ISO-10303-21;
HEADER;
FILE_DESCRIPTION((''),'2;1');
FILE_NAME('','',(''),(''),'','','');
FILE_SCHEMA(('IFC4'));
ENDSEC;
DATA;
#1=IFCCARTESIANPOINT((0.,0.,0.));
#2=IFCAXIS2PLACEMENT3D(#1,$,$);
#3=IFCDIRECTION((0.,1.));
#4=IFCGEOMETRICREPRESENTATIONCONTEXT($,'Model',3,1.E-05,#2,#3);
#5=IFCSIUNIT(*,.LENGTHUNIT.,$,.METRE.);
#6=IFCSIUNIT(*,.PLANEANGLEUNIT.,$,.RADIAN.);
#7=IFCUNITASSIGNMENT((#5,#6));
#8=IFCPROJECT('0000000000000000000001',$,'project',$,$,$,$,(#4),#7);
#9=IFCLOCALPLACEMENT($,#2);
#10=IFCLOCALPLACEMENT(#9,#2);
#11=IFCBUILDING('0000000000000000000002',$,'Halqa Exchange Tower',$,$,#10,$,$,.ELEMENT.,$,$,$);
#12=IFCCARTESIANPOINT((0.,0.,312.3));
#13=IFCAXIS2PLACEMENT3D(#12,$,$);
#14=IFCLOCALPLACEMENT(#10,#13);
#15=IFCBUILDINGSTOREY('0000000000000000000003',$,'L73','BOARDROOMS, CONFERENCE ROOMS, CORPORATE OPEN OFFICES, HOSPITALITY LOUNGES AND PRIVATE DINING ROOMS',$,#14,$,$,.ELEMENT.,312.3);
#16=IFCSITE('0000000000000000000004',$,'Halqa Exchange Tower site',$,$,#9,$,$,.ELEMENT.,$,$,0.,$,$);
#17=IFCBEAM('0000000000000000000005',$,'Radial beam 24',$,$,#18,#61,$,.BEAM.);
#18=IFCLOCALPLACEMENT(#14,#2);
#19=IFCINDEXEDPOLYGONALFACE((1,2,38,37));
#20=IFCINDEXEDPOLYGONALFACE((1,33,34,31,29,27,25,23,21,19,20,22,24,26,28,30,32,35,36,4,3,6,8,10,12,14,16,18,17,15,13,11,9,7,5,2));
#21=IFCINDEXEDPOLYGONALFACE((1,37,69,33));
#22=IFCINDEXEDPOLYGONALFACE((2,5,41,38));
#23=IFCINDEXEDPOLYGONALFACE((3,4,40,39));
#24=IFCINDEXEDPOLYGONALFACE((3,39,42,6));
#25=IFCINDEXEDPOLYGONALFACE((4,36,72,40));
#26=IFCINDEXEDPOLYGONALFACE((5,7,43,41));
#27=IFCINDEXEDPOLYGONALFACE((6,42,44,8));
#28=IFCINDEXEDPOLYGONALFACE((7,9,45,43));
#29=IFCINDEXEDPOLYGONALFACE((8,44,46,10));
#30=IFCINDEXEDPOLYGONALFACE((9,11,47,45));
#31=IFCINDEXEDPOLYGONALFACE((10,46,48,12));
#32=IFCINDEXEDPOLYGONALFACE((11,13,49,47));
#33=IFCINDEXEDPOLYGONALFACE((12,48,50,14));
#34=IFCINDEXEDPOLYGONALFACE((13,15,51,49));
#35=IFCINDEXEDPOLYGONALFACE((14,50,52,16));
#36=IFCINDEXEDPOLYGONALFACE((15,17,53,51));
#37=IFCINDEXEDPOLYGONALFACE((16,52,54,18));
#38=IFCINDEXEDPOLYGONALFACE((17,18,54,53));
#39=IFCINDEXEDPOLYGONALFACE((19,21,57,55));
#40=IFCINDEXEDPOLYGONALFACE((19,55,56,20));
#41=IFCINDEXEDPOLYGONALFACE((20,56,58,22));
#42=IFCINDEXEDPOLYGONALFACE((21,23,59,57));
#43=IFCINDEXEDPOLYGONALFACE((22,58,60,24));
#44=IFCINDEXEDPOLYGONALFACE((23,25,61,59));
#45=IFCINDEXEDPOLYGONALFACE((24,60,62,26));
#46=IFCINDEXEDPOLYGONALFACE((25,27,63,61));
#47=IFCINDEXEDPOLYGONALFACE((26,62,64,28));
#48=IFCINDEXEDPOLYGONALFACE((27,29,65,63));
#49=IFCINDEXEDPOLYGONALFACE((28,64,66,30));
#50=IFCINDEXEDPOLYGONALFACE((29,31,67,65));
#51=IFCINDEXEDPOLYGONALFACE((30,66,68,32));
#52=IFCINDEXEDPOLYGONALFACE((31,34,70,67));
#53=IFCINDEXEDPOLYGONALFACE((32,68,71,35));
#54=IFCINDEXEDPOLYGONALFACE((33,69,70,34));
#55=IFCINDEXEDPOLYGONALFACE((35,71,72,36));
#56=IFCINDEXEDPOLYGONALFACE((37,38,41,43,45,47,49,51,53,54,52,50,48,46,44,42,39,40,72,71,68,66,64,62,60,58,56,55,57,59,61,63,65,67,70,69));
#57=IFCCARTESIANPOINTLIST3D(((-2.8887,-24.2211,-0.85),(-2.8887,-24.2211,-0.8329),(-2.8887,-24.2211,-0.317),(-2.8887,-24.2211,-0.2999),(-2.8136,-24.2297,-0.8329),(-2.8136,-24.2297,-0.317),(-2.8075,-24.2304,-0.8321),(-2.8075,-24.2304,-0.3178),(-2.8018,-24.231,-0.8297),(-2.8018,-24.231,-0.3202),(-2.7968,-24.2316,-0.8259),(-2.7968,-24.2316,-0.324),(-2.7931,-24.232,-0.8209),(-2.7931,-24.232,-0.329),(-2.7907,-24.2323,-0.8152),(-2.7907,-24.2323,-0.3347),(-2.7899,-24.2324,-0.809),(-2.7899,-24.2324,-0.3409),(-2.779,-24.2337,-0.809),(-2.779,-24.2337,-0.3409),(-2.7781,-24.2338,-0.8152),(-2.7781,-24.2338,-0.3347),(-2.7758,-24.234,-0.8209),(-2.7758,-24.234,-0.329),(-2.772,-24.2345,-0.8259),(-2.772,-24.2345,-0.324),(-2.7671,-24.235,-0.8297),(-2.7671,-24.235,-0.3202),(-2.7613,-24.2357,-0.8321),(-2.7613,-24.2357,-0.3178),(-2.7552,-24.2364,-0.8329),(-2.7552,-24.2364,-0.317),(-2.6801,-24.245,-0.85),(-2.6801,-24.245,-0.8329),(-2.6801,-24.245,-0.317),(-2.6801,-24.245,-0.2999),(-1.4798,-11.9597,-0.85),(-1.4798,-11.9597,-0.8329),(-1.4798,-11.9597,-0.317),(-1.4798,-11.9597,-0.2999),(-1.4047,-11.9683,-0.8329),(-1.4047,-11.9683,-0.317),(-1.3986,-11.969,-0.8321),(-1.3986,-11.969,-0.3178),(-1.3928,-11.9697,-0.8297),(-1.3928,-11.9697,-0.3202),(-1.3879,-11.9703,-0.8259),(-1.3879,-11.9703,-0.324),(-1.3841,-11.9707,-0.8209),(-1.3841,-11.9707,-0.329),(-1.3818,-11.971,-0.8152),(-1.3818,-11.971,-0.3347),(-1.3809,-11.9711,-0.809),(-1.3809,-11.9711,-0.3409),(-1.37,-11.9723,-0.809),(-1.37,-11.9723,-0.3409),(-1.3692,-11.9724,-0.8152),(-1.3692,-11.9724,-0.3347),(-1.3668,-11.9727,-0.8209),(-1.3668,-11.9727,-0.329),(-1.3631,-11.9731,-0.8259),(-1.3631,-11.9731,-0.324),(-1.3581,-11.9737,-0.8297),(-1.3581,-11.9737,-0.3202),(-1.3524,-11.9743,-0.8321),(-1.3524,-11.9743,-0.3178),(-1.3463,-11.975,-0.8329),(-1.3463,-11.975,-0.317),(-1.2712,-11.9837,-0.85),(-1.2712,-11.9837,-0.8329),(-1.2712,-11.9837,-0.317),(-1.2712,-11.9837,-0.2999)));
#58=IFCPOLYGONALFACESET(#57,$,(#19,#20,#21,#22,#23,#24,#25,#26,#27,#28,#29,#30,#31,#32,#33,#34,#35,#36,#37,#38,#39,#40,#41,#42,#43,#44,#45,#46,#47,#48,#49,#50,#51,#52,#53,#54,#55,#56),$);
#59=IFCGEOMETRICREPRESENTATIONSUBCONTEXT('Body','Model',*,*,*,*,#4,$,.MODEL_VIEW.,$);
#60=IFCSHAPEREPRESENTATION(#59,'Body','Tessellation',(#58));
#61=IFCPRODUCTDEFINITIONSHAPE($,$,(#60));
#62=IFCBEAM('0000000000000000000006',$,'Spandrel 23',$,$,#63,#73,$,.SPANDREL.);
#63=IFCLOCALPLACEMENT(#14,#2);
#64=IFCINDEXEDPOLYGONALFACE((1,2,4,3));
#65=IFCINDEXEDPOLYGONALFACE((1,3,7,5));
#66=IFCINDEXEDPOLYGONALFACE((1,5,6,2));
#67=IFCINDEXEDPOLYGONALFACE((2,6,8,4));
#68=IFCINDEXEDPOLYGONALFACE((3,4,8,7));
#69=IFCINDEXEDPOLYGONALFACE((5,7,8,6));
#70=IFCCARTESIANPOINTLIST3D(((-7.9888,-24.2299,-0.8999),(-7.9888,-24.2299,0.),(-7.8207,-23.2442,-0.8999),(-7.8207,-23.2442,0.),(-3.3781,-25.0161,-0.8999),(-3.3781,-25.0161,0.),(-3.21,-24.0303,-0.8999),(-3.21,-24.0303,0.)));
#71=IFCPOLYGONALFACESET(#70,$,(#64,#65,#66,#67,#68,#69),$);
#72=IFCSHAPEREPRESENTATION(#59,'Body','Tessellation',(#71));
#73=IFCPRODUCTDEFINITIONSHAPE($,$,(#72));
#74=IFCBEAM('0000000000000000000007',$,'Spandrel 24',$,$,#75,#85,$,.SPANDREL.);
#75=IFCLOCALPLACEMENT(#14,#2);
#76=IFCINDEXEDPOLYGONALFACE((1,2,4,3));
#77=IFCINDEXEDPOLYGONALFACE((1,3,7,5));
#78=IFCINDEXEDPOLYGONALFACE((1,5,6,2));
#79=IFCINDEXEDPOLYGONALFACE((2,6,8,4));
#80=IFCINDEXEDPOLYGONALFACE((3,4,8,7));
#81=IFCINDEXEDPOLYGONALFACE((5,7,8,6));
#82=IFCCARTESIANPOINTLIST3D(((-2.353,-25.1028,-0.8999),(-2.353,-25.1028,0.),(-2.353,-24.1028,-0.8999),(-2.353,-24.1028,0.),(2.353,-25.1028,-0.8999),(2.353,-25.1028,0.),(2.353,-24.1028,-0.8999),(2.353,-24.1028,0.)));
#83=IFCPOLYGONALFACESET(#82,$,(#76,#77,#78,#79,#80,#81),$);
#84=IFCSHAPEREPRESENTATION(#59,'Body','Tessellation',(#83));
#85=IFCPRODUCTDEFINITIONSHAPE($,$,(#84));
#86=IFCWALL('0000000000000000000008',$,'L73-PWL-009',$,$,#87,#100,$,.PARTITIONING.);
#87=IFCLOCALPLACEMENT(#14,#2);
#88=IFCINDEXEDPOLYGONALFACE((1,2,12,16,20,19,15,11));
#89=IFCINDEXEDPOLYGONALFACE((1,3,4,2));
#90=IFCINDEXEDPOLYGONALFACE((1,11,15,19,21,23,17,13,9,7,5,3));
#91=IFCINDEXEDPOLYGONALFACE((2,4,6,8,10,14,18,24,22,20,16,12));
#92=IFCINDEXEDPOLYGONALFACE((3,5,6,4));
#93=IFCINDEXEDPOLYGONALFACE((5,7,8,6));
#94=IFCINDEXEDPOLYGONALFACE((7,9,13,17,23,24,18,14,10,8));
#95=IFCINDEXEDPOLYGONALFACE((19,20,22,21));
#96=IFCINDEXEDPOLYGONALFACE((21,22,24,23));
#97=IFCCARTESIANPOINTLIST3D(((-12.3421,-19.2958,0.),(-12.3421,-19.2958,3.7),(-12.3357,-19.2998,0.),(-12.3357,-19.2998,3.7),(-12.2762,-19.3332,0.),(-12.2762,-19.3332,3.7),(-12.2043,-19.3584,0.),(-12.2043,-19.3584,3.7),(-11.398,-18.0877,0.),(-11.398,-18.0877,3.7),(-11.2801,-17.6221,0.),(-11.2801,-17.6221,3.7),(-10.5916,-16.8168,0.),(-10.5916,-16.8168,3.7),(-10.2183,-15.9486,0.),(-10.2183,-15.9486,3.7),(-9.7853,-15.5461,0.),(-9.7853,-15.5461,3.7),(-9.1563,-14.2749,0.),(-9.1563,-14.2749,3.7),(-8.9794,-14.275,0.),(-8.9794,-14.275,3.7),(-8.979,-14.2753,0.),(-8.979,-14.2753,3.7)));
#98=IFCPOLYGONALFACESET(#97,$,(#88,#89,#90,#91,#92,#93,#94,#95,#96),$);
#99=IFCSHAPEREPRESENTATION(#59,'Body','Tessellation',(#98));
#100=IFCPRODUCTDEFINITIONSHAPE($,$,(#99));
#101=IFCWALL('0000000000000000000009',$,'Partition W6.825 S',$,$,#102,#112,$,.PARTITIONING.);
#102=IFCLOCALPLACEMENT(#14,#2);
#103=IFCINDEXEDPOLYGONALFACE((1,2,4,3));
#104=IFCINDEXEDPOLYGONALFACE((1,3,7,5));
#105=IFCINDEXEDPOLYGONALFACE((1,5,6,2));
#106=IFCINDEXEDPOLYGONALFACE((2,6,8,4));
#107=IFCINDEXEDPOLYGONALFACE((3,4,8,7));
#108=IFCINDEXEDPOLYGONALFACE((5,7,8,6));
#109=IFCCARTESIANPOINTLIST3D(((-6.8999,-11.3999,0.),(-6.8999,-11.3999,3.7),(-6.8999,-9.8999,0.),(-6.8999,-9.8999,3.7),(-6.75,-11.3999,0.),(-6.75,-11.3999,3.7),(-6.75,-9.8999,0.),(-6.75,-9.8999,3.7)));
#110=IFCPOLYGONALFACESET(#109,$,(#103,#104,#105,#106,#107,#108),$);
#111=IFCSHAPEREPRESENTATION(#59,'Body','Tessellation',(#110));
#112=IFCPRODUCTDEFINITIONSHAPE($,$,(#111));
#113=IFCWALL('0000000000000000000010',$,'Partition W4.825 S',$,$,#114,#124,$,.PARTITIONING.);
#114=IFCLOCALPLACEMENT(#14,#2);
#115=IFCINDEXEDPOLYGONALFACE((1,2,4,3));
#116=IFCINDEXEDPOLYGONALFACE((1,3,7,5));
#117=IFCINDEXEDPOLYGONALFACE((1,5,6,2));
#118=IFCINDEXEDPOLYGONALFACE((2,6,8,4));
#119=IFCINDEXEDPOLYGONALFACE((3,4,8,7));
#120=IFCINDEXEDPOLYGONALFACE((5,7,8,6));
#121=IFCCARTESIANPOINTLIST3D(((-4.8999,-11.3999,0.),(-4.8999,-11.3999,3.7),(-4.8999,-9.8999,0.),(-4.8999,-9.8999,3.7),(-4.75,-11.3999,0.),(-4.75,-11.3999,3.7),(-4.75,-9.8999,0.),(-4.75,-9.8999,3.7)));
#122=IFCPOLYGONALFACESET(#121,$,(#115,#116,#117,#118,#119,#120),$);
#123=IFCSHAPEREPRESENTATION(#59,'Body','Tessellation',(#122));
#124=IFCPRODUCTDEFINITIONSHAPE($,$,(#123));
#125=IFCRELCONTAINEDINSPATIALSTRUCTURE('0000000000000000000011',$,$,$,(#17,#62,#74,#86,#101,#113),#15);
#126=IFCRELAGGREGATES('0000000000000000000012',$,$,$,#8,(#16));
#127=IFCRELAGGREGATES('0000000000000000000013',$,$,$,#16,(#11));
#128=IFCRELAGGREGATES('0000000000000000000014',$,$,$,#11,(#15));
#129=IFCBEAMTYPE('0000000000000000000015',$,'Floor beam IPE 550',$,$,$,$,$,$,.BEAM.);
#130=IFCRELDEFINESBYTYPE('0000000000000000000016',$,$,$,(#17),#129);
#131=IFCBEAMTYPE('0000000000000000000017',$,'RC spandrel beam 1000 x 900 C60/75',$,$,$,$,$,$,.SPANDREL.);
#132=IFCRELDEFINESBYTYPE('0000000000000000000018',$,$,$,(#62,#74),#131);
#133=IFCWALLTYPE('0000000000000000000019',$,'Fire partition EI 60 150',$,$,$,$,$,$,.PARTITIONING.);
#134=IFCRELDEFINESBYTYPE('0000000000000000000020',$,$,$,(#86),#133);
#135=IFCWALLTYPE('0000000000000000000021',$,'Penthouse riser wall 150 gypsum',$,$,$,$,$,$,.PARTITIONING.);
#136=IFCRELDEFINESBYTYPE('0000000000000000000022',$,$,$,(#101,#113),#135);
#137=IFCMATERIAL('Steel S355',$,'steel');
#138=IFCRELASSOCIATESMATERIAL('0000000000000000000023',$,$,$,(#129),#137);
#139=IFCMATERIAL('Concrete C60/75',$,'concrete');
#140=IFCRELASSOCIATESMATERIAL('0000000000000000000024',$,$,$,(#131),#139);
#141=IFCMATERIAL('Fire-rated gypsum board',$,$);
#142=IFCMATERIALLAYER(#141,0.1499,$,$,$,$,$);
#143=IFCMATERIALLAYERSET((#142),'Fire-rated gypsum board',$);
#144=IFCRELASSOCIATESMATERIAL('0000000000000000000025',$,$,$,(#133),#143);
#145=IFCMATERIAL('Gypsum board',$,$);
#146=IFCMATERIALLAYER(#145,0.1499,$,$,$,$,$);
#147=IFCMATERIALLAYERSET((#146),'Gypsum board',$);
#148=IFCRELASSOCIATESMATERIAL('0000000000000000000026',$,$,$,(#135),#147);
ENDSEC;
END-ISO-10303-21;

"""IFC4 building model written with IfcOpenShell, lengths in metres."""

from ifc_helpers import new_model, si_unit, direction, frame, frame_2d, origin, origin_2d, place, context, subcontext, project, spatial, polyline, rectangle, i_section, outline, extrude, material, layer, layer_set, material_profile, profile_set, type_object, element, save


model = new_model("IFC4")

# Units and contexts
model_context = context("Model", 3, precision=1e-05, world=origin(), true_north=direction((0.0, 1.0)))
body_context = subcontext(model_context, "Body", "Model", "MODEL_VIEW")
ifc_project = project(units=[si_unit("LENGTHUNIT", "METRE"), si_unit("PLANEANGLEUNIT", "RADIAN")], contexts=[model_context])

# Site, building, storey
site_placement = place(None, origin())
site = spatial("IfcSite", under=ifc_project, at=site_placement, Name="Halqa Exchange Tower site", CompositionType="ELEMENT", RefElevation=0.0)
building_placement = place(site_placement, origin())
building = spatial("IfcBuilding", under=site, at=building_placement, Name="Halqa Exchange Tower", CompositionType="ELEMENT")
storey_placement = place(building_placement, frame((0.0, 0.0, 312.3)))
storey = spatial("IfcBuildingStorey", under=building, at=storey_placement, Name="L73", Description="BOARDROOMS, CONFERENCE ROOMS, CORPORATE OPEN OFFICES, HOSPITALITY LOUNGES AND PRIVATE DINING ROOMS", CompositionType="ELEMENT", Elevation=312.3)

# Beams
ifc_material_1 = material(Name="Steel S355", Category="steel")
ifc_material_profile_1 = material_profile(ifc_material_1, i_section(OverallWidth=0.21, OverallDepth=0.55, WebThickness=0.011, FlangeThickness=0.0171, FilletRadius=0.0239, at=origin_2d()), Name="IPE 550")
ifc_profile_set_1 = profile_set([ifc_material_profile_1], Name="Steel S355")
beam_type_1 = type_object("IfcBeamType", Name="Floor beam IPE 550", PredefinedType="BEAM", material=ifc_profile_set_1)
beam_1_placement = place(storey_placement, frame((-1.3755, -11.9717, -0.575), z_axis=(-0.114156, -0.993463, 0.0), x_axis=(0.993463, -0.114156, 0.0)))
element("IfcBeam", 1, at=beam_1_placement, inside=storey, type_object=beam_type_1, Name="Radial beam 24", PredefinedType="BEAM", context=body_context, shape_type="SweptSolid", body=[
    extrude(i_section(OverallWidth=0.21, OverallDepth=0.55, WebThickness=0.011, FlangeThickness=0.0171, FilletRadius=0.0239, at=origin_2d()), origin(), (0.0, 0.0, 1.0), 12.342),
])
ifc_material_2 = material(Name="Concrete C60/75", Category="concrete")
ifc_material_profile_2 = material_profile(ifc_material_2, rectangle(XDim=1.0, YDim=0.8999, at=origin_2d()), Name="1000 x 900")
ifc_profile_set_2 = profile_set([ifc_material_profile_2], Name="Concrete C60/75")
beam_type_2 = type_object("IfcBeamType", Name="RC spandrel beam 1000 x 900 C60/75", PredefinedType="SPANDREL", material=ifc_profile_set_2)
beam_2_placement = place(storey_placement, frame((-7.9048, -23.7371, -0.45), z_axis=(0.985773, -0.16808, 0.0), x_axis=(0.16808, 0.985773, 0.0)))
element("IfcBeam", 2, at=beam_2_placement, inside=storey, type_object=beam_type_2, Name="Spandrel 23", PredefinedType="SPANDREL", context=body_context, shape_type="SweptSolid", body=[
    extrude(rectangle(XDim=1.0, YDim=0.8999, at=origin_2d()), origin(), (0.0, 0.0, 1.0), 4.6772),
])
beam_3_placement = place(storey_placement, frame((-2.353, -24.6028, -0.45), z_axis=(1.0, 0.0, 0.0), x_axis=(0.0, 1.0, 0.0)))
element("IfcBeam", 3, at=beam_3_placement, inside=storey, type_object=beam_type_2, Name="Spandrel 24", PredefinedType="SPANDREL", context=body_context, shape_type="SweptSolid", body=[
    extrude(rectangle(XDim=1.0, YDim=0.8999, at=origin_2d()), origin(), (0.0, 0.0, 1.0), 4.7061),
])

# Walls
ifc_material_3 = material(Name="Fire-rated gypsum board")
ifc_layer_1 = layer(ifc_material_3, 0.1499)
ifc_layer_set_1 = layer_set([ifc_layer_1], Name="Fire-rated gypsum board")
wall_type_1 = type_object("IfcWallType", Name="Fire partition EI 60 150", PredefinedType="PARTITIONING", material=ifc_layer_set_1)
wall_1_placement = place(storey_placement, frame((-9.0422, -14.2351, 0.0), z_axis=(0.0, 0.0, 1.0), x_axis=(-0.535766, -0.844366, 0.0)))
element("IfcWall", 4, at=wall_1_placement, inside=storey, type_object=wall_type_1, Name="L73-PWL-009", PredefinedType="PARTITIONING", context=body_context, shape_type="SweptSolid", body=[
    extrude(outline(polyline([(6.041, -0.075), (6.041, -0.0674), (6.0374, 0.0007), (6.02, 0.075), (4.5151, 0.075), (3.01, 0.075), (1.5051, 0.075), (0.0, 0.075), (0.0, 0.0745), (0.0947, -0.075), (2.0769, -0.075), (4.0588, -0.075), (6.041, -0.075)])), origin(), (0.0, 0.0, 1.0), 3.7),
])
ifc_material_4 = material(Name="Gypsum board")
ifc_layer_2 = layer(ifc_material_4, 0.1499)
ifc_layer_set_2 = layer_set([ifc_layer_2], Name="Gypsum board")
wall_type_2 = type_object("IfcWallType", Name="Penthouse riser wall 150 gypsum", PredefinedType="PARTITIONING", material=ifc_layer_set_2)
for number, where, z_axis, x_axis, name in (
    (5, (-6.825, -11.3999, 0.0), (0.0, 0.0, 1.0), (0.0, 1.0, 0.0), "Partition W6.825 S"),
    (6, (-4.825, -11.3999, 0.0), (0.0, 0.0, 1.0), (0.0, 1.0, 0.0), "Partition W4.825 S"),
):
    element("IfcWall", number, at=place(storey_placement, frame(where, z_axis=z_axis, x_axis=x_axis)), inside=storey, type_object=wall_type_2, Name=name, PredefinedType="PARTITIONING", context=body_context, shape_type="SweptSolid", body=[
        extrude(rectangle(XDim=1.5, YDim=0.1499, at=frame_2d((0.75, 0.0))), origin(), (0.0, 0.0, 1.0), 3.7),
    ])

save(model, "model.ifc")
